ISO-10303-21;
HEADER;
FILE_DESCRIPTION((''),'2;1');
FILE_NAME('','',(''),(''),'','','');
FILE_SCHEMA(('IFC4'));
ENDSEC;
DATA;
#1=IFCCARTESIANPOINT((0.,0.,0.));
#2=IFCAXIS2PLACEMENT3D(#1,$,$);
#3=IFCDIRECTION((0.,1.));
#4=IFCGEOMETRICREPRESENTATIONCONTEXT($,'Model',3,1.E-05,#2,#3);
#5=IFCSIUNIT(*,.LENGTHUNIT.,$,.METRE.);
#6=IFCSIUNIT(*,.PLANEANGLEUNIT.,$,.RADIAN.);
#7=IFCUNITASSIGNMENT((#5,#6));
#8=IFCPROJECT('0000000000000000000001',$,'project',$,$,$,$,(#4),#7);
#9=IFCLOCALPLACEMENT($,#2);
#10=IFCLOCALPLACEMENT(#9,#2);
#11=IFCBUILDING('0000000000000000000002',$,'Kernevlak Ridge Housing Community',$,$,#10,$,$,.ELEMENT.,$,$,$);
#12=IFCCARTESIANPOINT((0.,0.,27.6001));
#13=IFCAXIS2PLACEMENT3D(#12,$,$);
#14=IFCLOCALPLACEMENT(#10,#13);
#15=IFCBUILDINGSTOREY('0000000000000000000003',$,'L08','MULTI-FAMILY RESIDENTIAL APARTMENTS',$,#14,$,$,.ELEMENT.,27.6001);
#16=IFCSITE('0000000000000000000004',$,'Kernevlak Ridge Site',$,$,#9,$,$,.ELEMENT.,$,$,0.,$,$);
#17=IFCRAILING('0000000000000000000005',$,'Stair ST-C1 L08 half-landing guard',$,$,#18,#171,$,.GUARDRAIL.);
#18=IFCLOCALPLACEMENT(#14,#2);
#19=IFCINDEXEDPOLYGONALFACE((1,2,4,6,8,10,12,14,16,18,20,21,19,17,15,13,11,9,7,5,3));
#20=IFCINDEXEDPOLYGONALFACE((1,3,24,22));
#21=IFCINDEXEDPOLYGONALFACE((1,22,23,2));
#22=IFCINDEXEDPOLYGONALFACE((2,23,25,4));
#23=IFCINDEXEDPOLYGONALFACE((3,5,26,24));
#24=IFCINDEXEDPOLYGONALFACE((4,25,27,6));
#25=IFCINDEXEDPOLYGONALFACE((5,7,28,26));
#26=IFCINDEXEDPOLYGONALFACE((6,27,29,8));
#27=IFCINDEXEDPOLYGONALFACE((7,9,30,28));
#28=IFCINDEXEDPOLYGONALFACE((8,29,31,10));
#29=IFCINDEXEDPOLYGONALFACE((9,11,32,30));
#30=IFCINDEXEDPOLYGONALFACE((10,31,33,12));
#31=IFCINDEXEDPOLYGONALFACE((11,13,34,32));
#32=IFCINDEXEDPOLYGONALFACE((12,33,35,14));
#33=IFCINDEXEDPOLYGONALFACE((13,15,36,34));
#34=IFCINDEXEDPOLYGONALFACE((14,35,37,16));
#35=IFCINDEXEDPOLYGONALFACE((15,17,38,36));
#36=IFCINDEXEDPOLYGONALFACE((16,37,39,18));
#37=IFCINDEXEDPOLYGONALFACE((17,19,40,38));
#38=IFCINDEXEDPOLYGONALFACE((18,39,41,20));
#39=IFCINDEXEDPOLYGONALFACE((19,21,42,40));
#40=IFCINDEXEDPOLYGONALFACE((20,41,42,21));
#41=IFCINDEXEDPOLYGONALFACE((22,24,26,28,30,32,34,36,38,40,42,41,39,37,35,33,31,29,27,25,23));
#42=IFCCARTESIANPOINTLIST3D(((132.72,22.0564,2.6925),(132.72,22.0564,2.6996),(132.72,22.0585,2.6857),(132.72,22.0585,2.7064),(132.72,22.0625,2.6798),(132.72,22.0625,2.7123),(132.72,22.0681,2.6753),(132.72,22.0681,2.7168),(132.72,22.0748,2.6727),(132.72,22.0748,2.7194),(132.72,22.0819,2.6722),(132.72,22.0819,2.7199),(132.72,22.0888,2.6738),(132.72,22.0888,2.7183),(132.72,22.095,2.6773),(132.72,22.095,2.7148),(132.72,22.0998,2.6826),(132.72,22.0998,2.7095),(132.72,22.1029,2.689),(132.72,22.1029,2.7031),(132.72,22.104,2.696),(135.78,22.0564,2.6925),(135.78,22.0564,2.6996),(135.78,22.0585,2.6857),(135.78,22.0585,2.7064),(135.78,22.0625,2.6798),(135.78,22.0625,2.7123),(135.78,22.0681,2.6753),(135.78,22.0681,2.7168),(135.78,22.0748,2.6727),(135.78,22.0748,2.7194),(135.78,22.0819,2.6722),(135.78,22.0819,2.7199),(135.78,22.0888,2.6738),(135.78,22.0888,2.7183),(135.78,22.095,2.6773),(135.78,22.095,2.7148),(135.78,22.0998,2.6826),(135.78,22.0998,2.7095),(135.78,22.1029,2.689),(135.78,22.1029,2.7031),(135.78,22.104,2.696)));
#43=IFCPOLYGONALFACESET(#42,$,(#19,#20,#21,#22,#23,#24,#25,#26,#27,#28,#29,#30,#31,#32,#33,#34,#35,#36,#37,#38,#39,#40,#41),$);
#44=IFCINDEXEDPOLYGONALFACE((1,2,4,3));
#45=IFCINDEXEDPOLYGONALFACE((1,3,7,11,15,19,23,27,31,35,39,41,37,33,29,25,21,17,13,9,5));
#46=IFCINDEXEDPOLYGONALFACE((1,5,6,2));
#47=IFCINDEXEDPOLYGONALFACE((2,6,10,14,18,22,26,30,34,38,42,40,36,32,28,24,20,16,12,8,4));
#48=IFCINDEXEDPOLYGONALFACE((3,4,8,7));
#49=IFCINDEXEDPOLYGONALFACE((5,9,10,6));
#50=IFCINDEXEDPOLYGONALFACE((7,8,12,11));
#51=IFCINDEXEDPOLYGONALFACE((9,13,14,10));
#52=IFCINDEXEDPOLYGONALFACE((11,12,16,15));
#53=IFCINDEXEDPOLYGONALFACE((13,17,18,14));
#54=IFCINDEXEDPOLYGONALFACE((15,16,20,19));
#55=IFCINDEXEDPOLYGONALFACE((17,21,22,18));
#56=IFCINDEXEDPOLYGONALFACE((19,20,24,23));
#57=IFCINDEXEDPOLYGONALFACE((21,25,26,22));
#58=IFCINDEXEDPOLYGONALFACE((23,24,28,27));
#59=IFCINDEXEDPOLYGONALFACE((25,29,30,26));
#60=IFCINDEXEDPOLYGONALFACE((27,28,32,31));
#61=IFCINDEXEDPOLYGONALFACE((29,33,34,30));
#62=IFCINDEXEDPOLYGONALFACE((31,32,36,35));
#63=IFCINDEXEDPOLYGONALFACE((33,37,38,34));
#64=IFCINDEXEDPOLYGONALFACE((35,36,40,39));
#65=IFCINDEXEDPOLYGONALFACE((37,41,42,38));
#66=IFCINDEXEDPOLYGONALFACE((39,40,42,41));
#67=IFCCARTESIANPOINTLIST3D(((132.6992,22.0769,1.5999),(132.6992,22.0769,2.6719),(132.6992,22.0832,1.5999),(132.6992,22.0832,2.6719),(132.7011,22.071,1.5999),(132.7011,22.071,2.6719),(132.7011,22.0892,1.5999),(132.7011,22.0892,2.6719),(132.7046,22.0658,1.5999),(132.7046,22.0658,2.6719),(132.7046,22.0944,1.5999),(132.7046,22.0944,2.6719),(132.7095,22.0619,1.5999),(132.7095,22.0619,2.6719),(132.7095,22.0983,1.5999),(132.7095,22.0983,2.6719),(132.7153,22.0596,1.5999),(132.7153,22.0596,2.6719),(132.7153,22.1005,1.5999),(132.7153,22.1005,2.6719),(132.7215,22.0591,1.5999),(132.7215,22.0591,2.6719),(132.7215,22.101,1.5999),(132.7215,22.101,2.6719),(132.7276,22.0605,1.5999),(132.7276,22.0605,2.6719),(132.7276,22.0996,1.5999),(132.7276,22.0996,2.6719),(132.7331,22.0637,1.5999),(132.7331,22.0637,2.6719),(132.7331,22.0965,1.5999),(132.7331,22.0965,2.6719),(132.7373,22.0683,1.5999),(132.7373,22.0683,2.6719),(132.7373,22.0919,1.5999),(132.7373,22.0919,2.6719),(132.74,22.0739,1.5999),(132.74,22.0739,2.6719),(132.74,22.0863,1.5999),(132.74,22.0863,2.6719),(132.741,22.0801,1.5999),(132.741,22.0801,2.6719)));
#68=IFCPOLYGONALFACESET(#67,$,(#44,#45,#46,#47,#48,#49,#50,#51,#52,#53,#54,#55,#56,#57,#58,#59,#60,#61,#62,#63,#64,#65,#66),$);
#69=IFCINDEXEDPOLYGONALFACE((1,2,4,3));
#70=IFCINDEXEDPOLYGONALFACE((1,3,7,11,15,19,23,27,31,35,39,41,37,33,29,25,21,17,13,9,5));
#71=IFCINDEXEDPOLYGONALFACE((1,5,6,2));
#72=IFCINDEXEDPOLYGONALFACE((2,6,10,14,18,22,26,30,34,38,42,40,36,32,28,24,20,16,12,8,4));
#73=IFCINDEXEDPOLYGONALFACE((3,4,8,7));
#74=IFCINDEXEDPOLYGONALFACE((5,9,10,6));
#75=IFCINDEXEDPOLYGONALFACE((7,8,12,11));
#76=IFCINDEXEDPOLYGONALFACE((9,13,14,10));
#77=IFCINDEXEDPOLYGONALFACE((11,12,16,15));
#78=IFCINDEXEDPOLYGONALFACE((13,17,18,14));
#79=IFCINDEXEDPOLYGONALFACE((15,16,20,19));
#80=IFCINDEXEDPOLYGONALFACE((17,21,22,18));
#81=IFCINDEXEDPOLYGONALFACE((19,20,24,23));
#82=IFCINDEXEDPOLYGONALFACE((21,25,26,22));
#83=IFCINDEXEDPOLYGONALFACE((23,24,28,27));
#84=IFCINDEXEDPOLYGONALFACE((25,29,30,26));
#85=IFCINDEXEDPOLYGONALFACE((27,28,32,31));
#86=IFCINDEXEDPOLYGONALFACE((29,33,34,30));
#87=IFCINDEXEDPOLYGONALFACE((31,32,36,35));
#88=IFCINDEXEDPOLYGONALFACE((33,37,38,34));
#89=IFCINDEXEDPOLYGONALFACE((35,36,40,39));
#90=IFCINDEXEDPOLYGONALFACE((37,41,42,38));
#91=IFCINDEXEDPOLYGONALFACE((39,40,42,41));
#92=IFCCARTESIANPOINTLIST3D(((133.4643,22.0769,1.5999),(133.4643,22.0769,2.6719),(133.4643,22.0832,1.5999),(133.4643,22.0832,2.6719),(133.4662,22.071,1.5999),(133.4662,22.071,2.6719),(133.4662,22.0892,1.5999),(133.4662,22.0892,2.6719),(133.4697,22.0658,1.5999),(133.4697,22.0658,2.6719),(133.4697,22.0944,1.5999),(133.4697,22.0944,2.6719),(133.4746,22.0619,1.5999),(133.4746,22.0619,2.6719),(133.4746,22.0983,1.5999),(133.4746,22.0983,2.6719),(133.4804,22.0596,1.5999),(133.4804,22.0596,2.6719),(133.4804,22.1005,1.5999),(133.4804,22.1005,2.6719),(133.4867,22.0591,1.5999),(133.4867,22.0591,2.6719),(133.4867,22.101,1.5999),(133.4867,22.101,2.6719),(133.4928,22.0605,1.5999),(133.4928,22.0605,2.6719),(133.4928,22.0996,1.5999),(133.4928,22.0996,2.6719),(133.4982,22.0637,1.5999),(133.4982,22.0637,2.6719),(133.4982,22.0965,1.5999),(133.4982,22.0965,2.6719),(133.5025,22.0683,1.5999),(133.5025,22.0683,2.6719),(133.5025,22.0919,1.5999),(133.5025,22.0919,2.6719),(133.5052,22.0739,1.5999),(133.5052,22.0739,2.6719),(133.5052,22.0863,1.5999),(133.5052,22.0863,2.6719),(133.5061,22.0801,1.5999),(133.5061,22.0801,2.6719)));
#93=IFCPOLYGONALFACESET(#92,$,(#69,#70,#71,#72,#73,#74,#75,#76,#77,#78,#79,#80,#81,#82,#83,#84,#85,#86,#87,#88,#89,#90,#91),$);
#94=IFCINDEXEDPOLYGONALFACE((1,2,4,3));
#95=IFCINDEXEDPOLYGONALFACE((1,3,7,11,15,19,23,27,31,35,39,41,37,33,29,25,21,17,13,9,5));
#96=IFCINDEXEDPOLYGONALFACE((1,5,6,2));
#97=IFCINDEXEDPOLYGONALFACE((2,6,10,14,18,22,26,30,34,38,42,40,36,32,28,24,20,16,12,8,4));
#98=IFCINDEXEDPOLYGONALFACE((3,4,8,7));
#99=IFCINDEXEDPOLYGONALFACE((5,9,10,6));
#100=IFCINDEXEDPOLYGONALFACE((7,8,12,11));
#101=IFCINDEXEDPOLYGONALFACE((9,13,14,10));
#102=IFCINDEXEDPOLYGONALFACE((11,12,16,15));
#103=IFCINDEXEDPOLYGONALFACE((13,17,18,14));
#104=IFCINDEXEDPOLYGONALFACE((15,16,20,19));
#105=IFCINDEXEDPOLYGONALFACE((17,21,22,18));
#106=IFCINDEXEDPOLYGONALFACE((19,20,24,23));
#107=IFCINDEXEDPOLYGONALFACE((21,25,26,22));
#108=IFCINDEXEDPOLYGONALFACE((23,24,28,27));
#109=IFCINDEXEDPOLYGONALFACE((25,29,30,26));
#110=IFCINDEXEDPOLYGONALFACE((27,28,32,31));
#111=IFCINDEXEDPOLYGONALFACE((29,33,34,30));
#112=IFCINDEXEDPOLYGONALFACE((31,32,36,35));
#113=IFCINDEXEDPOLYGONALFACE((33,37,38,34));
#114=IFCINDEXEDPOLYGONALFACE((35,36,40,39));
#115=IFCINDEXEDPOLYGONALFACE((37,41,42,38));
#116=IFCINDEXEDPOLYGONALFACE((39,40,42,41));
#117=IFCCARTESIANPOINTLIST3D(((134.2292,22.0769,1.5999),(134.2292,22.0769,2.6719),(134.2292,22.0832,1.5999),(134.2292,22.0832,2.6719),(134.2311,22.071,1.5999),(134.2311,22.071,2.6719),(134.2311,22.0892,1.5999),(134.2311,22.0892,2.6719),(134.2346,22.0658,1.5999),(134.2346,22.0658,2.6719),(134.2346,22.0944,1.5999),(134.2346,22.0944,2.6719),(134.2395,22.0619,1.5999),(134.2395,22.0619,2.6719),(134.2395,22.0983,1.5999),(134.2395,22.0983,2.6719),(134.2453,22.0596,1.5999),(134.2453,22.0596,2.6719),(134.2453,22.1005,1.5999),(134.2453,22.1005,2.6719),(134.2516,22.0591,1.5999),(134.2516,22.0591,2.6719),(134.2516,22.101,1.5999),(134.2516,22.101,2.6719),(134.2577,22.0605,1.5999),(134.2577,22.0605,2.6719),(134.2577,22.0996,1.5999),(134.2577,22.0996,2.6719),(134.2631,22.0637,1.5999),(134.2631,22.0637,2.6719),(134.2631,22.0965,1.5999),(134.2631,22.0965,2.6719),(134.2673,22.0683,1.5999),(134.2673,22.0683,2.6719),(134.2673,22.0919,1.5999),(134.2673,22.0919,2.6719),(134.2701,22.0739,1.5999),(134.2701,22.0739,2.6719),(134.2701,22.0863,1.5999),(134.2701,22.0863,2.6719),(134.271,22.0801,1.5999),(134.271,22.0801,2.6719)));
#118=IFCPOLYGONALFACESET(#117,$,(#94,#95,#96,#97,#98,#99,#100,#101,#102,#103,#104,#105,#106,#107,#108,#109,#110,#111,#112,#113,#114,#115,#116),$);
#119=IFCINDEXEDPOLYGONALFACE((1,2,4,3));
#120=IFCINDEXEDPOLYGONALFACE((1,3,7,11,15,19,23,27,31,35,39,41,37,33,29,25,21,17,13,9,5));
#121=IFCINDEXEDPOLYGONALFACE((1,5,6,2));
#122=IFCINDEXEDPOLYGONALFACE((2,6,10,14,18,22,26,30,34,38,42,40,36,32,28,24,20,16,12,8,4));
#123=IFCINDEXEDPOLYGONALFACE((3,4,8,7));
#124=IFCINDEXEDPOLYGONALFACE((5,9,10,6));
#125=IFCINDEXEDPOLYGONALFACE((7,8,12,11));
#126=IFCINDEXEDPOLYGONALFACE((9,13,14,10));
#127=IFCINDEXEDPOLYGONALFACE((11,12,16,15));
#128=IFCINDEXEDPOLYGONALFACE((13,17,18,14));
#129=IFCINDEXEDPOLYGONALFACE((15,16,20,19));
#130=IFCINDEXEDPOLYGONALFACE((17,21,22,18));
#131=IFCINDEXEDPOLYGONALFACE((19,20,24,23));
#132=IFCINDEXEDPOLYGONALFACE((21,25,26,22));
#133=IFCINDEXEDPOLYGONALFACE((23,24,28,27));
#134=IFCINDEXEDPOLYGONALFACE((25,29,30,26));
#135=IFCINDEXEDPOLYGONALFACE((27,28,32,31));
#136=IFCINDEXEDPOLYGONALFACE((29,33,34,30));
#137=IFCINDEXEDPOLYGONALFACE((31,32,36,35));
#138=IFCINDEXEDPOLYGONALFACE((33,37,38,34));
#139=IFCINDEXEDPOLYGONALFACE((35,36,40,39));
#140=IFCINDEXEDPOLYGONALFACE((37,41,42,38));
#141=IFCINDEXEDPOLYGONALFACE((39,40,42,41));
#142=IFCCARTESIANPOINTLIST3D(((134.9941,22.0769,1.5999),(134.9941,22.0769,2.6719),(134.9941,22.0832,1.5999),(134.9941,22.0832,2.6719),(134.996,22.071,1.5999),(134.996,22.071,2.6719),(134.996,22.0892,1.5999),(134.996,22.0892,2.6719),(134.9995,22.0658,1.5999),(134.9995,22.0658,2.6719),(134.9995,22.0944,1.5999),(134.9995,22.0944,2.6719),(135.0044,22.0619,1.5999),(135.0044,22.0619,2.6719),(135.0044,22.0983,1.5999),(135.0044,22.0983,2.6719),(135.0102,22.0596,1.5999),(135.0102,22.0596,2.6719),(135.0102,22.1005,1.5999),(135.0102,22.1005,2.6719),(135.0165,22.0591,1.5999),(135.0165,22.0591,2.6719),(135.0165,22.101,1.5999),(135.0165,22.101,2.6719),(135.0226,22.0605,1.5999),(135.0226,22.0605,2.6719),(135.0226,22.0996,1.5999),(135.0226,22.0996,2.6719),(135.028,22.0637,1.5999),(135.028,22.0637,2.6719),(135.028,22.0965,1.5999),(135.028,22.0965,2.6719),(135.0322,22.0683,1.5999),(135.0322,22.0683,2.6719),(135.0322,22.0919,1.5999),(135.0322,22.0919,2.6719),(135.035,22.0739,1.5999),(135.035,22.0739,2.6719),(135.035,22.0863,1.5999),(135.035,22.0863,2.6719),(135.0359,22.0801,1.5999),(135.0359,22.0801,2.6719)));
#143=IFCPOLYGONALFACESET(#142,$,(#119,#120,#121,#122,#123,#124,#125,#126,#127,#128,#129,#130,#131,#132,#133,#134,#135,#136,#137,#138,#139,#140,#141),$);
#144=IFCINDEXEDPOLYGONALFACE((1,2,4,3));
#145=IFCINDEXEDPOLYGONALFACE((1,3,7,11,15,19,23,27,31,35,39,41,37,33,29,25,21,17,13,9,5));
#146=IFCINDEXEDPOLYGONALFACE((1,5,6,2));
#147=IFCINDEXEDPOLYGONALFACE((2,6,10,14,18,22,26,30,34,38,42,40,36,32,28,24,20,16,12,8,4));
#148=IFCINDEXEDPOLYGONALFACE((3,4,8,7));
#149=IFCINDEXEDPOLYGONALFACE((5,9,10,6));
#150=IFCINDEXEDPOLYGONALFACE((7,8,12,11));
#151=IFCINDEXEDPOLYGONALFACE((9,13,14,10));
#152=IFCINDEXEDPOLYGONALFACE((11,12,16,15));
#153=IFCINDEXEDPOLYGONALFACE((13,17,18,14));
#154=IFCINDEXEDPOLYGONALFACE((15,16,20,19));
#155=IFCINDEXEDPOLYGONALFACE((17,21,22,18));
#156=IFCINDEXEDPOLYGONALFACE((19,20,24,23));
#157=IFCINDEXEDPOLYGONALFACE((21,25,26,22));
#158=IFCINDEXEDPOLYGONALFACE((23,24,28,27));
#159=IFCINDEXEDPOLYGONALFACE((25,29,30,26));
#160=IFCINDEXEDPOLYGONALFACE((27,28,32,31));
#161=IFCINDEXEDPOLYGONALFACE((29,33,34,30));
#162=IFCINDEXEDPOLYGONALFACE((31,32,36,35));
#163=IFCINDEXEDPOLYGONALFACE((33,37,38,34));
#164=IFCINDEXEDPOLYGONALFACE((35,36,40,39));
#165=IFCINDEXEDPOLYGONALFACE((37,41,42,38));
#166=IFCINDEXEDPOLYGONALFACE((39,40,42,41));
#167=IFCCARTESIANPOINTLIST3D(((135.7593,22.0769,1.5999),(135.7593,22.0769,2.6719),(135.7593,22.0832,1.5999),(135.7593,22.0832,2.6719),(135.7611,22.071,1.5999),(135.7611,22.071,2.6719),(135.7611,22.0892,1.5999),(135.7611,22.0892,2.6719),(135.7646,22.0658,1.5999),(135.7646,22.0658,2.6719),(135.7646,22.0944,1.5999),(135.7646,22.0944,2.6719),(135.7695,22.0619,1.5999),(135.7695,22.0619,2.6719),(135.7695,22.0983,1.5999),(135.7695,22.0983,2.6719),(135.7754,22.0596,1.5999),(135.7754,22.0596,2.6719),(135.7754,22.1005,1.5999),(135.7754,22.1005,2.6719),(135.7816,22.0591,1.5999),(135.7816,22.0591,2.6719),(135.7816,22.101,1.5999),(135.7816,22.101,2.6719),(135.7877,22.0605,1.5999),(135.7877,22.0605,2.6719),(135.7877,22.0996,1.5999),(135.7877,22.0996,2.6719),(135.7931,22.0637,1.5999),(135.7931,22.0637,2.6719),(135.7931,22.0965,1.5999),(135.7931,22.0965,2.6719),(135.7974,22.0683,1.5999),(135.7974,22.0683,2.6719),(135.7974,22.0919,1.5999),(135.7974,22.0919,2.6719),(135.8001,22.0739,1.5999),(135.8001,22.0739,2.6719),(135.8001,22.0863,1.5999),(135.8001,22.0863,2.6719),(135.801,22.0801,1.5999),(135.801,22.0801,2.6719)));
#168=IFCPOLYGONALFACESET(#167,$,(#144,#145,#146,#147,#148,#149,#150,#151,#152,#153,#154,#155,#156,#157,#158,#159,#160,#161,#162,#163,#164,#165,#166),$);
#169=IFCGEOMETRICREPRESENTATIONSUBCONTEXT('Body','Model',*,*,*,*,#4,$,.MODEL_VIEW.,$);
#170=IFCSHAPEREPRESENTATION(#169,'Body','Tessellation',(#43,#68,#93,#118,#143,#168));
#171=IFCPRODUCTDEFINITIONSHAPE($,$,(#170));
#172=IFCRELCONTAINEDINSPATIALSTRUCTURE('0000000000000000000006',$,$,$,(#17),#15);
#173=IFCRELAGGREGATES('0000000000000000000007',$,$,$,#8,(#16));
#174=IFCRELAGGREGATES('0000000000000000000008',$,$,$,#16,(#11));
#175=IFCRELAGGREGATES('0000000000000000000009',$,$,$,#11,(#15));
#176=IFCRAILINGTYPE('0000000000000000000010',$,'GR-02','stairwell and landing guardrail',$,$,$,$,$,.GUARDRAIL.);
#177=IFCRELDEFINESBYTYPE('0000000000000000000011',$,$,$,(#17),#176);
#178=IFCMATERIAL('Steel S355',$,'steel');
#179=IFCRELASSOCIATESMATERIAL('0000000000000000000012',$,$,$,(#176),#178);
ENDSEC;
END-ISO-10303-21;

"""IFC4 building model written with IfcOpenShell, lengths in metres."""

from ifc_helpers import new_model, si_unit, direction, frame, origin, origin_2d, place, context, subcontext, project, spatial, circle, extrude, material, type_object, element, save


model = new_model("IFC4")

# Units and contexts
model_context = context("Model", 3, precision=1e-05, world=origin(), true_north=direction((0.0, 1.0)))
body_context = subcontext(model_context, "Body", "Model", "MODEL_VIEW")
ifc_project = project(units=[si_unit("LENGTHUNIT", "METRE"), si_unit("PLANEANGLEUNIT", "RADIAN")], contexts=[model_context])

# Site, building, storey
site_placement = place(None, origin())
site = spatial("IfcSite", under=ifc_project, at=site_placement, Name="Kernevlak Ridge Site", CompositionType="ELEMENT", RefElevation=0.0)
building_placement = place(site_placement, origin())
building = spatial("IfcBuilding", under=site, at=building_placement, Name="Kernevlak Ridge Housing Community", CompositionType="ELEMENT")
storey_placement = place(building_placement, frame((0.0, 0.0, 27.6001)))
storey = spatial("IfcBuildingStorey", under=building, at=storey_placement, Name="L08", Description="MULTI-FAMILY RESIDENTIAL APARTMENTS", CompositionType="ELEMENT", Elevation=27.6001)

# Railing
ifc_material_1 = material(Name="Steel S355", Category="steel")
railing_type_1 = type_object("IfcRailingType", Name="GR-02", Description="stairwell and landing guardrail", PredefinedType="GUARDRAIL", material=ifc_material_1)
railing_1_placement = place(storey_placement, frame((132.72, 22.0801, 1.5999)))
element("IfcRailing", 1, at=railing_1_placement, inside=storey, type_object=railing_type_1, Name="Stair ST-C1 L08 half-landing guard", PredefinedType="GUARDRAIL", context=body_context, shape_type="SweptSolid", body=[
    extrude(circle(Radius=0.0239, at=origin_2d()), frame((0.0, 0.0, 1.0962), z_axis=(1.0, 0.0, 0.0), x_axis=(0.0, 1.0, 0.0)), (0.0, 0.0, 1.0), 3.0601),
    extrude(circle(Radius=0.021, at=origin_2d()), origin(), (0.0, 0.0, 1.0), 1.072),
    extrude(circle(Radius=0.021, at=origin_2d()), frame((0.7651, 0.0, 0.0)), (0.0, 0.0, 1.0), 1.072),
    extrude(circle(Radius=0.021, at=origin_2d()), frame((1.53, 0.0, 0.0)), (0.0, 0.0, 1.0), 1.072),
    extrude(circle(Radius=0.021, at=origin_2d()), frame((2.2949, 0.0, 0.0)), (0.0, 0.0, 1.0), 1.072),
    extrude(circle(Radius=0.021, at=origin_2d()), frame((3.0601, 0.0, 0.0)), (0.0, 0.0, 1.0), 1.072),
])

save(model, "model.ifc")
